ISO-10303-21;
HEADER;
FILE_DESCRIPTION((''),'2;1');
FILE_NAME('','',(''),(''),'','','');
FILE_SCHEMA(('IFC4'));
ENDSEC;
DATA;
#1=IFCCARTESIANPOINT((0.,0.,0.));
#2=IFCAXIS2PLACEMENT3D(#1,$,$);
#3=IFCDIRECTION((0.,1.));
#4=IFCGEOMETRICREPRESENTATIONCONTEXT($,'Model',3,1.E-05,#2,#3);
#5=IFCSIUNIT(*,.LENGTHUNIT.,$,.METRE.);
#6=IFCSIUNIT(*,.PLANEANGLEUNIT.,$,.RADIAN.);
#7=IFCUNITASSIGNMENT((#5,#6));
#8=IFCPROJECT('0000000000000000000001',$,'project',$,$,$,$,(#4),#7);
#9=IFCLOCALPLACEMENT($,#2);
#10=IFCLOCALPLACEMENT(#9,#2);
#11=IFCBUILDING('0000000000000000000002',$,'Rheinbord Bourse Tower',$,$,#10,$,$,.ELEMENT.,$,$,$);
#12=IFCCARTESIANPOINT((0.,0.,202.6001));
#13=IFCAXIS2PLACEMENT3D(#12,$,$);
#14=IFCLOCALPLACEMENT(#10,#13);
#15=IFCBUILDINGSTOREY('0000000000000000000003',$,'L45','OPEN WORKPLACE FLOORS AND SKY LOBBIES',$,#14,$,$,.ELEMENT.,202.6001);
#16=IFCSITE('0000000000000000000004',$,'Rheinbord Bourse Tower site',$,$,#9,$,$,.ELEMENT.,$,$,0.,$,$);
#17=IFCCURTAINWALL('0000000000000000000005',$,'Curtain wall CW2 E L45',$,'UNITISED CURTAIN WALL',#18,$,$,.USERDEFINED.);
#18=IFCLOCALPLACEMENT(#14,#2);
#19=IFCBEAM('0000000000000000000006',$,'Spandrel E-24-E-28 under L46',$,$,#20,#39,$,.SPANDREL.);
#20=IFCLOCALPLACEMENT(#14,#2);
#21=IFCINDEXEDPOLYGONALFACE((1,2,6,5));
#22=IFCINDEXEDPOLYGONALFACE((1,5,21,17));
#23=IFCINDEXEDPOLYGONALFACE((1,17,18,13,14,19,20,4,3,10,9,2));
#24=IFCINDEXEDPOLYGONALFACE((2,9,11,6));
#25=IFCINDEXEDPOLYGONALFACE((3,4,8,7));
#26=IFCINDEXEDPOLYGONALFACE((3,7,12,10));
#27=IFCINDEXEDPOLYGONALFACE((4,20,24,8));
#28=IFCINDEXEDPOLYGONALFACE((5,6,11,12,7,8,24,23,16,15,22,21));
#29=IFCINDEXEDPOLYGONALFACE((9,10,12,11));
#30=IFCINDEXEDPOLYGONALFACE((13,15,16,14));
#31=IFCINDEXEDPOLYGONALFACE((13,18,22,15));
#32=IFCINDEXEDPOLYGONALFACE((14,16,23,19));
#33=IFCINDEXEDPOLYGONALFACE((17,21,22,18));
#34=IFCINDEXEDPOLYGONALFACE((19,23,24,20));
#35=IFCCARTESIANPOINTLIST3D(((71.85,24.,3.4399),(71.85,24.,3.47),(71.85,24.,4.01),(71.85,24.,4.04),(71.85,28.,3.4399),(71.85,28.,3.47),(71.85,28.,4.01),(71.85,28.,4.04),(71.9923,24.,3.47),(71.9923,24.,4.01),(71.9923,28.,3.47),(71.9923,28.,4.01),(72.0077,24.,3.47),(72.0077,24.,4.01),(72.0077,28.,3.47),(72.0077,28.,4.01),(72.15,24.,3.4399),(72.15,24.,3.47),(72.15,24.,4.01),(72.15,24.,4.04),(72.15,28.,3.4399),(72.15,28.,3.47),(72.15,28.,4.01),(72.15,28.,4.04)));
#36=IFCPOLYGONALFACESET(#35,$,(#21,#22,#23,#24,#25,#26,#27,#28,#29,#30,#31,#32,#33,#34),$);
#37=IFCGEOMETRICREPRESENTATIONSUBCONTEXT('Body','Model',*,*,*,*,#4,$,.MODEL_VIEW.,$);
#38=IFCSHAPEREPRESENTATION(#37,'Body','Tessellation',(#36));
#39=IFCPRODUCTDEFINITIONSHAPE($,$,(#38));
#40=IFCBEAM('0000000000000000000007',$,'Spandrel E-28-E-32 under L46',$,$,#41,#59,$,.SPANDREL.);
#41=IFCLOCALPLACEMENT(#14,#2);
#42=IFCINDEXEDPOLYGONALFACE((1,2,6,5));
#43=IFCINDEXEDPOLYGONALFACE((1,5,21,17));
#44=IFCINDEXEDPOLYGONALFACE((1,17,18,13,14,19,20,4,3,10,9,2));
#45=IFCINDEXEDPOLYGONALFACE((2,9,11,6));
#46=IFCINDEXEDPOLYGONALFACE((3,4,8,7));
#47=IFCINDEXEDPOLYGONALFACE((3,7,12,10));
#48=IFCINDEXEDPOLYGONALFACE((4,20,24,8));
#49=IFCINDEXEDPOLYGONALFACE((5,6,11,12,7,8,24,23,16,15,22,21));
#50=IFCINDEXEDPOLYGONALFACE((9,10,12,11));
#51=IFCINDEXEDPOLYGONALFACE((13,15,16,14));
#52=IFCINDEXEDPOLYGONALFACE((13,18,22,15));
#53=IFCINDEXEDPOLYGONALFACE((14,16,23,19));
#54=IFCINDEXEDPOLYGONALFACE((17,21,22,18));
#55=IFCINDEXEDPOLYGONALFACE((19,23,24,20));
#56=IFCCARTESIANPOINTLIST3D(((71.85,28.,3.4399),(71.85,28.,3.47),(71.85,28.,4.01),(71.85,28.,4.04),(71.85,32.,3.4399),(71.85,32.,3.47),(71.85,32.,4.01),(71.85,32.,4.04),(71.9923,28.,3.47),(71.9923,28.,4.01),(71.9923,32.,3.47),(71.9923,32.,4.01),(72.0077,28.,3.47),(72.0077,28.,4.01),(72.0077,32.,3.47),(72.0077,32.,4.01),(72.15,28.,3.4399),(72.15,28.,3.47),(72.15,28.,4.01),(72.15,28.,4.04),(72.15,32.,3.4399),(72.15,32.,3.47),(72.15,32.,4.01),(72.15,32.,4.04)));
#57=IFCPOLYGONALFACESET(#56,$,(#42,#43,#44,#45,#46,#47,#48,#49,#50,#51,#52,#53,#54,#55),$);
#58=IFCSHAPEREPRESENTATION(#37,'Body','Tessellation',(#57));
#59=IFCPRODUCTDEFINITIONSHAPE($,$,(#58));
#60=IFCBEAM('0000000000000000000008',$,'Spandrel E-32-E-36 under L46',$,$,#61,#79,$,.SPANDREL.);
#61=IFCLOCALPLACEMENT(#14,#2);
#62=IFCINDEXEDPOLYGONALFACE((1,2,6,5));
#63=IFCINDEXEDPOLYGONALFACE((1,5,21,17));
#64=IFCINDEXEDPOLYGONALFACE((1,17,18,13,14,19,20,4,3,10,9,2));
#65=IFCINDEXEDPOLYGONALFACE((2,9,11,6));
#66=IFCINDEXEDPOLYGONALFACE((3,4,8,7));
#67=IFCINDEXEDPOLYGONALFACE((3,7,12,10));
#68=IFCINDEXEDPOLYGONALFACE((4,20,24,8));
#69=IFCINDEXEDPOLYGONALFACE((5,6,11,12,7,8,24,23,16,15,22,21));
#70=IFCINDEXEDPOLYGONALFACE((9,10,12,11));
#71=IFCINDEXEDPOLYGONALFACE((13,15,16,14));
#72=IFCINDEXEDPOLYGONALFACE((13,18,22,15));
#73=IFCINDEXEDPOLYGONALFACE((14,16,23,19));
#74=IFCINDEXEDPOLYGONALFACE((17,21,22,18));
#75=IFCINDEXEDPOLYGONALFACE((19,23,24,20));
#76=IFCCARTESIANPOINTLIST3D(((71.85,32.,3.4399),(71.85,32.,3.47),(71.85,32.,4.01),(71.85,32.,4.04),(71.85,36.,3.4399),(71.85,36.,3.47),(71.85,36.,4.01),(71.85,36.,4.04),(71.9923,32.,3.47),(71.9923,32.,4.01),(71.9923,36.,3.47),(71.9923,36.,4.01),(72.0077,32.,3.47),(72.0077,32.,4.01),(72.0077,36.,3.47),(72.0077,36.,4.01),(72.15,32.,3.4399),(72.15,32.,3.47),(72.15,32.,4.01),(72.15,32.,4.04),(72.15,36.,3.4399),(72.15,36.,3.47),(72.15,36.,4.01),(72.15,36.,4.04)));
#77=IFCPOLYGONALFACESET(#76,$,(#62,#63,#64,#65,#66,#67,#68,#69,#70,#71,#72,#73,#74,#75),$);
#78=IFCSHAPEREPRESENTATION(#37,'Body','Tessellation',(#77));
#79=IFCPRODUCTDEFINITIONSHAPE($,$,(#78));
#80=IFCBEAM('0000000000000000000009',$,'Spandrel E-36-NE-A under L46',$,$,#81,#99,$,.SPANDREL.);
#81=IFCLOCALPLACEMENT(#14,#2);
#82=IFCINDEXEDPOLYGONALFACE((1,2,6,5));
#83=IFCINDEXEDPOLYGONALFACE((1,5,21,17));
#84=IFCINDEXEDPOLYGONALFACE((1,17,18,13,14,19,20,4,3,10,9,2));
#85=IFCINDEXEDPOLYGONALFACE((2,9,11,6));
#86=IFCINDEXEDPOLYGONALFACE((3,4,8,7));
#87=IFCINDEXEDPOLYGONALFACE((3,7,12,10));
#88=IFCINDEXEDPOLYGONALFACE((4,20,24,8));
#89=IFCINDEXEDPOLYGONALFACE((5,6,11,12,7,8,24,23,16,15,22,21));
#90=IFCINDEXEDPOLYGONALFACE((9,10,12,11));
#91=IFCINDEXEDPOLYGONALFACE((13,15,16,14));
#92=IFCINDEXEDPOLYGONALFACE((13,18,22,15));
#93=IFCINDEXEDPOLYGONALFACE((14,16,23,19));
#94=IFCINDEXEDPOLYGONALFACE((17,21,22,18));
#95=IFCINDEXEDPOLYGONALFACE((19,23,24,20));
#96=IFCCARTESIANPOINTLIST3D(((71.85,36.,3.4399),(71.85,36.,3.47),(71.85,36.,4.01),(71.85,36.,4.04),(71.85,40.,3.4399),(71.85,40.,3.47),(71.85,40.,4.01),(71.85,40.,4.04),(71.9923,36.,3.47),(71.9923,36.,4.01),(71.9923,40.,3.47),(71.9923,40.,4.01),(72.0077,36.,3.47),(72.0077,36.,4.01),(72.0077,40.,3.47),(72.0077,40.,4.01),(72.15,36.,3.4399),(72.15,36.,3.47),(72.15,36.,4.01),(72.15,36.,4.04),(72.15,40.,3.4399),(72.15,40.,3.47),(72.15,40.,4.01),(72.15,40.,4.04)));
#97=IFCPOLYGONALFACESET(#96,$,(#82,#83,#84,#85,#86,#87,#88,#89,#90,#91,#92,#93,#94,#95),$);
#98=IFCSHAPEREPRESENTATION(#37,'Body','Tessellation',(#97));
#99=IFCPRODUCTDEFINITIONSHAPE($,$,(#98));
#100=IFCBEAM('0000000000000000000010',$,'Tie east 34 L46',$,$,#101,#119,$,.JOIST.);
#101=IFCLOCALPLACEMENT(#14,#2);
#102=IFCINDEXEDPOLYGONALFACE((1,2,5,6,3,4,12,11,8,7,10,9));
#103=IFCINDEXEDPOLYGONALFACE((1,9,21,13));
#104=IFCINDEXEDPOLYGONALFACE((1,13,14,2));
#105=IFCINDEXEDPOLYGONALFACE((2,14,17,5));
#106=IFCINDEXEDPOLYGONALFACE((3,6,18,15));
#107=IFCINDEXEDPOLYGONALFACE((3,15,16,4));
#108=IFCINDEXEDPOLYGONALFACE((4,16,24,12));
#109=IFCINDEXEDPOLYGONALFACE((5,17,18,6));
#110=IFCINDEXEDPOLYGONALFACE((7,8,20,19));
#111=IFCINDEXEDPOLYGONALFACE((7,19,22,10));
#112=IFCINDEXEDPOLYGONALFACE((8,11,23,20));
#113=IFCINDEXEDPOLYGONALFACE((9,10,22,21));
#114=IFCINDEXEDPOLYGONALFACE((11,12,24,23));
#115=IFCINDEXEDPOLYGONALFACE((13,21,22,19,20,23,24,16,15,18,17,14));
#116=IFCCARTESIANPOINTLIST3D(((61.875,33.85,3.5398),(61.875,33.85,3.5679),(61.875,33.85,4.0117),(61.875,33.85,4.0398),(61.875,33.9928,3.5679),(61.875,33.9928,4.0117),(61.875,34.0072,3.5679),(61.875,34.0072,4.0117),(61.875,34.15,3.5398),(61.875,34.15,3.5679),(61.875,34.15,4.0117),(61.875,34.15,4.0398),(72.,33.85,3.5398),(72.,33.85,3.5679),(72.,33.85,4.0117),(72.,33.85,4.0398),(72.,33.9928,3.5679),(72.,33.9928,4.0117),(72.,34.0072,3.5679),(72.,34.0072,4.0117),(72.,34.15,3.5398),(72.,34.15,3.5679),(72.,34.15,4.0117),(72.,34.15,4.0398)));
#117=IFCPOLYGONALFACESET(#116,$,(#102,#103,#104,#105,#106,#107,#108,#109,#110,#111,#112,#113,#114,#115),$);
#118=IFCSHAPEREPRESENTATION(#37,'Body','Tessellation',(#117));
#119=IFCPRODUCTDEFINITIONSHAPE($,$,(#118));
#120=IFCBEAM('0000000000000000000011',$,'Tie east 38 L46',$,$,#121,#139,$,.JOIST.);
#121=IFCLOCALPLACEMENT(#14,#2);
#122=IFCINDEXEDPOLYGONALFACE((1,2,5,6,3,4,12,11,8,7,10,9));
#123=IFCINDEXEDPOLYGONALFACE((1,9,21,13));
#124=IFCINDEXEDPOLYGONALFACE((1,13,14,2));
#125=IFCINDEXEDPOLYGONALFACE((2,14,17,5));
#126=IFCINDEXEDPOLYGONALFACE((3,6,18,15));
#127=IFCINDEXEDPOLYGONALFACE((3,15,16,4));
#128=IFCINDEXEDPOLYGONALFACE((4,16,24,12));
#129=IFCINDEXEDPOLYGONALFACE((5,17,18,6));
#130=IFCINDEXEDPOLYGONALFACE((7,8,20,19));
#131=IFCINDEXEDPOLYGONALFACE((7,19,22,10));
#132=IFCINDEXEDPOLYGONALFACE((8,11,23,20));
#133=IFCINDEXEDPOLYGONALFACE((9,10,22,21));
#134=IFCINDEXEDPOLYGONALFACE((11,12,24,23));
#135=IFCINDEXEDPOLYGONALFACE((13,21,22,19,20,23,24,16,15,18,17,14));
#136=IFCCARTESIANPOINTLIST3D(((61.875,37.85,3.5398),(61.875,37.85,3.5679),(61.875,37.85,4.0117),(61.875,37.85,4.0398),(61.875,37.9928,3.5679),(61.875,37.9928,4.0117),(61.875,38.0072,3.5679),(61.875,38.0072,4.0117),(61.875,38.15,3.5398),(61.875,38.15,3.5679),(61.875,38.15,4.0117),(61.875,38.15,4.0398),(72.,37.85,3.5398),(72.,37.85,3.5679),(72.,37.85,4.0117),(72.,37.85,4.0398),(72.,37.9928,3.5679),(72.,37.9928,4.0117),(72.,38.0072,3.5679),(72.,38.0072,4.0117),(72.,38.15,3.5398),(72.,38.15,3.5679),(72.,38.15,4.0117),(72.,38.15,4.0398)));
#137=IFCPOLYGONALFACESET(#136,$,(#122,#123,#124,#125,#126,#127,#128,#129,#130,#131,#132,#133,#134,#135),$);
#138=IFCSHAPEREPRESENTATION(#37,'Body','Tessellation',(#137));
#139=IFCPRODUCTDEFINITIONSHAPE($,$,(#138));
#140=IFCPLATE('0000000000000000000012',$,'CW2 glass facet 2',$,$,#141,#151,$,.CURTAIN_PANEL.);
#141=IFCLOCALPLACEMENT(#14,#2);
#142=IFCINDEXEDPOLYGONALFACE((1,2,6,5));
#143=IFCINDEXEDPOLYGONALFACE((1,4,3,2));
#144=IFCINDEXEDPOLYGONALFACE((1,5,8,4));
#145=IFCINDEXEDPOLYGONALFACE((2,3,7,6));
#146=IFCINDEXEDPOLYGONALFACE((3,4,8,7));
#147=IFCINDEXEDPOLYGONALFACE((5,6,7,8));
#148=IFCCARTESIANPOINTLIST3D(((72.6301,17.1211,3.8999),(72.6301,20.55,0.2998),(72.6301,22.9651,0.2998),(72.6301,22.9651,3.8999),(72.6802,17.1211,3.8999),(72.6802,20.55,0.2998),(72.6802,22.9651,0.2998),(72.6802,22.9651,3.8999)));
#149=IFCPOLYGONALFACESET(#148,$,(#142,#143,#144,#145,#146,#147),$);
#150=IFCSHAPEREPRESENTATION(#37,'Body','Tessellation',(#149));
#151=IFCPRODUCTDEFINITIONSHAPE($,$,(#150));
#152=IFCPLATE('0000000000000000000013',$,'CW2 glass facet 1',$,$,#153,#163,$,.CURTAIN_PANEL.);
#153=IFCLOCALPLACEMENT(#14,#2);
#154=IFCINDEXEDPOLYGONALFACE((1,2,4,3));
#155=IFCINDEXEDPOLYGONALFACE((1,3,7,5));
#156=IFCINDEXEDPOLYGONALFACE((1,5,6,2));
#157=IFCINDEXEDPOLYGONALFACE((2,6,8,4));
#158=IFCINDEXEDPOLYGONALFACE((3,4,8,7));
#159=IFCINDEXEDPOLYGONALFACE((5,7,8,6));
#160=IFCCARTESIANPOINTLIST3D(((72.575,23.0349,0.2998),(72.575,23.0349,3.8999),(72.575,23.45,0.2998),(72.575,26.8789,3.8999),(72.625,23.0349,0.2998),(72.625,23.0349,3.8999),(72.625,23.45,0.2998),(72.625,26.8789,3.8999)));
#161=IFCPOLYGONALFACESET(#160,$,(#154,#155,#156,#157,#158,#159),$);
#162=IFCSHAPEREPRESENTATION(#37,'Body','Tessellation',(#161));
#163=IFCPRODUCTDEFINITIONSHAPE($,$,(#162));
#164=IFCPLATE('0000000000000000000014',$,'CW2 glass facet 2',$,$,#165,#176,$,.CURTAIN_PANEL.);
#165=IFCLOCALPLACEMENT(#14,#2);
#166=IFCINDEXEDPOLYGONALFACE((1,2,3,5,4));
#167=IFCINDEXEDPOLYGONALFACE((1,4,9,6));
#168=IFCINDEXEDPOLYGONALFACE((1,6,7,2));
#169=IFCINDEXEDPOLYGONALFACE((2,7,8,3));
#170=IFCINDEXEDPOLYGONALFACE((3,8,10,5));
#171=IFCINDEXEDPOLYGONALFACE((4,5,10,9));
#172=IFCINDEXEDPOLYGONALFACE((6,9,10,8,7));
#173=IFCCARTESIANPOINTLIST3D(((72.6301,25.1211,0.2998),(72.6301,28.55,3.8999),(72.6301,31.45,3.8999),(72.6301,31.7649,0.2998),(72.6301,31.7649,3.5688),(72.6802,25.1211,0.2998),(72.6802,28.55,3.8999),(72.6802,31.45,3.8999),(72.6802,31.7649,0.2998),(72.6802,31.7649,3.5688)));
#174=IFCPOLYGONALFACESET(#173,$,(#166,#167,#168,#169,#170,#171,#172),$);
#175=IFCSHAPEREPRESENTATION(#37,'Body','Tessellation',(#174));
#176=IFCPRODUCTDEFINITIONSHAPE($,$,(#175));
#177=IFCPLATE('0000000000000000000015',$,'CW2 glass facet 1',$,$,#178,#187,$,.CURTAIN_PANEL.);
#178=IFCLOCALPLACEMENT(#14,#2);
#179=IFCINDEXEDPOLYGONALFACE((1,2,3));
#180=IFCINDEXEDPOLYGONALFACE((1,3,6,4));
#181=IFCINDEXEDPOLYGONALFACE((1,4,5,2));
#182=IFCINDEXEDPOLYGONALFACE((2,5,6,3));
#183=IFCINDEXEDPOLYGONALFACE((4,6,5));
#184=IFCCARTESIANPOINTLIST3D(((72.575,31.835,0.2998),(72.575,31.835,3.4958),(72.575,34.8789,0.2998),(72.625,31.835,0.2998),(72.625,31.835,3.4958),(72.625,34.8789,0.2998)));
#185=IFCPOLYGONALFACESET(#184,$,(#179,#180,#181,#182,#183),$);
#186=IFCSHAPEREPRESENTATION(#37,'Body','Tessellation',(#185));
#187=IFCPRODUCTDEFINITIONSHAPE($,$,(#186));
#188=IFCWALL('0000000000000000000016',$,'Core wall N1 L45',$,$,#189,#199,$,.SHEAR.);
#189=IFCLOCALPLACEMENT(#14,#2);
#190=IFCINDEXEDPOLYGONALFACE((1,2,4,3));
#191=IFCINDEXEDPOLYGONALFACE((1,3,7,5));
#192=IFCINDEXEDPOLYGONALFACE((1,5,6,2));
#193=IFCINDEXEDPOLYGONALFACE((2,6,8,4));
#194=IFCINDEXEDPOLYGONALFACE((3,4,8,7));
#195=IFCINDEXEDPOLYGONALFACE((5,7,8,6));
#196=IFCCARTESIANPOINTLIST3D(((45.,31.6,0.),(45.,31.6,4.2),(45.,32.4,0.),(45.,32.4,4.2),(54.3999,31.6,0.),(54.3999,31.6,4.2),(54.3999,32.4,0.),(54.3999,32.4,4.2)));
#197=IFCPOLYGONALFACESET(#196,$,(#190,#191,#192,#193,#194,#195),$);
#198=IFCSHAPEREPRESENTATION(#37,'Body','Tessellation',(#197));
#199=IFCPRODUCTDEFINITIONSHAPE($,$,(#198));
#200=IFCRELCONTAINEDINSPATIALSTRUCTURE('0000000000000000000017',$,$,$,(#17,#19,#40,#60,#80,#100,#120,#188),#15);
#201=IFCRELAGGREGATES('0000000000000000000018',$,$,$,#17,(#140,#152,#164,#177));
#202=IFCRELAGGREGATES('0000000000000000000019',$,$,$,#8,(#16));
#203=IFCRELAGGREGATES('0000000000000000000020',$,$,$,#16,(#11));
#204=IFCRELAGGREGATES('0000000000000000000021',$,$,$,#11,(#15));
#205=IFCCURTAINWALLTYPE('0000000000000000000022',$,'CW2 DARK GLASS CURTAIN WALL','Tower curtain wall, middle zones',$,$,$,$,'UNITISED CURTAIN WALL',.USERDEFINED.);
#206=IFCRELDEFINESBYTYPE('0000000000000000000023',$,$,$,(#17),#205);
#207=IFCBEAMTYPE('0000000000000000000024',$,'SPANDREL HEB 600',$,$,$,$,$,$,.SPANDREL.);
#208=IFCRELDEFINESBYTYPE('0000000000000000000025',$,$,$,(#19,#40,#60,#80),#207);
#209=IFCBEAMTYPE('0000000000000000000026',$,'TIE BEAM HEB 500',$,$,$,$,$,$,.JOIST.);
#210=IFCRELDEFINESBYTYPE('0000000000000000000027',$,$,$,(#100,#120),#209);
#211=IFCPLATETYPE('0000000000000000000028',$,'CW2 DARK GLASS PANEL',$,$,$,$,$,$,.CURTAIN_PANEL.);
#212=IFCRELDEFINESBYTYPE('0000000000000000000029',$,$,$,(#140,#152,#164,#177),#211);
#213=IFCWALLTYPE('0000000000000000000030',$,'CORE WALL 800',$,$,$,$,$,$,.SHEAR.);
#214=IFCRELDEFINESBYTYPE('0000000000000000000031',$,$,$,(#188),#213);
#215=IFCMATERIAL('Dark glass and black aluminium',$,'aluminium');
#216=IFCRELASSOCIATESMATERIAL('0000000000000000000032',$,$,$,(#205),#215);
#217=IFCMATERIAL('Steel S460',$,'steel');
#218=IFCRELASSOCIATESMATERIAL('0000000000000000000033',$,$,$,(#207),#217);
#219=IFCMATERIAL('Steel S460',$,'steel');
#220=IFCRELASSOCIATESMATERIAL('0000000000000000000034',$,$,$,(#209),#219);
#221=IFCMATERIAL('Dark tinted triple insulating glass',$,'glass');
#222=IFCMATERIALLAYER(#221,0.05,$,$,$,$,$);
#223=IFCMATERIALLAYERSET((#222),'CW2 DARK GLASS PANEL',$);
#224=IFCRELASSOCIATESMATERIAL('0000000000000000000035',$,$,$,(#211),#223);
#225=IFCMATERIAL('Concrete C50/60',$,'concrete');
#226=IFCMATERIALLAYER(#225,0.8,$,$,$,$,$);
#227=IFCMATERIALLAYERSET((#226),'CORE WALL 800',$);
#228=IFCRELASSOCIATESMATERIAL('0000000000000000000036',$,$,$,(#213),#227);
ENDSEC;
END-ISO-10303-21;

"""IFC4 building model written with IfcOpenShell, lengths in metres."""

from ifc_helpers import new_model, si_unit, direction, frame, frame_2d, origin, origin_2d, place, context, subcontext, project, spatial, polyline, rectangle, i_section, outline, extrude, material, layer, layer_set, material_profile, profile_set, type_object, element, aggregate, save


model = new_model("IFC4")

# Units and contexts
model_context = context("Model", 3, precision=1e-05, world=origin(), true_north=direction((0.0, 1.0)))
body_context = subcontext(model_context, "Body", "Model", "MODEL_VIEW")
ifc_project = project(units=[si_unit("LENGTHUNIT", "METRE"), si_unit("PLANEANGLEUNIT", "RADIAN")], contexts=[model_context])

# Site, building, storey
site_placement = place(None, origin())
site = spatial("IfcSite", under=ifc_project, at=site_placement, Name="Rheinbord Bourse Tower site", CompositionType="ELEMENT", RefElevation=0.0)
building_placement = place(site_placement, origin())
building = spatial("IfcBuilding", under=site, at=building_placement, Name="Rheinbord Bourse Tower", CompositionType="ELEMENT")
storey_placement = place(building_placement, frame((0.0, 0.0, 202.6001)))
storey = spatial("IfcBuildingStorey", under=building, at=storey_placement, Name="L45", Description="OPEN WORKPLACE FLOORS AND SKY LOBBIES", CompositionType="ELEMENT", Elevation=202.6001)

# Curtain wall
ifc_material_1 = material(Name="Dark glass and black aluminium", Category="aluminium")
curtain_wall_type = type_object("IfcCurtainWallType", Name="CW2 DARK GLASS CURTAIN WALL", Description="Tower curtain wall, middle zones", ElementType="UNITISED CURTAIN WALL", PredefinedType="USERDEFINED", material=ifc_material_1)
curtain_wall_placement = place(storey_placement, origin())
curtain_wall = element("IfcCurtainWall", 1, at=curtain_wall_placement, inside=storey, type_object=curtain_wall_type, Name="Curtain wall CW2 E L45", ObjectType="UNITISED CURTAIN WALL", PredefinedType="USERDEFINED")

# Beams
ifc_material_2 = material(Name="Steel S460", Category="steel")
ifc_material_profile_1 = material_profile(ifc_material_2, i_section(OverallWidth=0.3, OverallDepth=0.6001, WebThickness=0.0154, FlangeThickness=0.03, at=origin_2d()), Name="HEB 600")
ifc_profile_set_1 = profile_set([ifc_material_profile_1], Name="Steel S460")
beam_type_1 = type_object("IfcBeamType", Name="SPANDREL HEB 600", PredefinedType="SPANDREL", material=ifc_profile_set_1)
for number, where, z_axis, x_axis, name in (
    (2, (72.0, 24.0, 3.74), (0.0, 1.0, 0.0), (-1.0, 0.0, 0.0), "Spandrel E-24-E-28 under L46"),
    (3, (72.0, 28.0, 3.74), (0.0, 1.0, 0.0), (-1.0, 0.0, 0.0), "Spandrel E-28-E-32 under L46"),
    (4, (72.0, 32.0, 3.74), (0.0, 1.0, 0.0), (-1.0, 0.0, 0.0), "Spandrel E-32-E-36 under L46"),
    (5, (72.0, 36.0, 3.74), (0.0, 1.0, 0.0), (-1.0, 0.0, 0.0), "Spandrel E-36-NE-A under L46"),
):
    element("IfcBeam", number, at=place(storey_placement, frame(where, z_axis=z_axis, x_axis=x_axis)), inside=storey, type_object=beam_type_1, Name=name, PredefinedType="SPANDREL", context=body_context, shape_type="SweptSolid", body=[
        extrude(i_section(OverallWidth=0.3, OverallDepth=0.6001, WebThickness=0.0154, FlangeThickness=0.03, at=origin_2d()), origin(), (0.0, 0.0, 1.0), 4.0),
    ])
ifc_material_3 = material(Name="Steel S460", Category="steel")
ifc_material_profile_2 = material_profile(ifc_material_3, i_section(OverallWidth=0.3, OverallDepth=0.5, WebThickness=0.0144, FlangeThickness=0.0281, at=origin_2d()), Name="HEB 500")
ifc_profile_set_2 = profile_set([ifc_material_profile_2], Name="Steel S460")
beam_type_2 = type_object("IfcBeamType", Name="TIE BEAM HEB 500", PredefinedType="JOIST", material=ifc_profile_set_2)
for number, where, z_axis, x_axis, name in (
    (6, (61.875, 34.0, 3.7898), (1.0, 0.0, 0.0), (0.0, 1.0, 0.0), "Tie east 34 L46"),
    (7, (61.875, 38.0, 3.7898), (1.0, 0.0, 0.0), (0.0, 1.0, 0.0), "Tie east 38 L46"),
):
    element("IfcBeam", number, at=place(storey_placement, frame(where, z_axis=z_axis, x_axis=x_axis)), inside=storey, type_object=beam_type_2, Name=name, PredefinedType="JOIST", context=body_context, shape_type="SweptSolid", body=[
        extrude(i_section(OverallWidth=0.3, OverallDepth=0.5, WebThickness=0.0144, FlangeThickness=0.0281, at=origin_2d()), origin(), (0.0, 0.0, 1.0), 10.125),
    ])

# Plates
ifc_material_4 = material(Name="Dark tinted triple insulating glass", Category="glass")
ifc_layer_1 = layer(ifc_material_4, 0.05)
ifc_layer_set_1 = layer_set([ifc_layer_1], Name="CW2 DARK GLASS PANEL")
plate_type = type_object("IfcPlateType", Name="CW2 DARK GLASS PANEL", PredefinedType="CURTAIN_PANEL", material=ifc_layer_set_1)
plate_1_placement = place(storey_placement, frame((72.6802, 22.9651, 3.8999), z_axis=(-1.0, 0.0, 0.0), x_axis=(0.0, 0.0, -1.0)))
plate_1 = element("IfcPlate", 8, at=plate_1_placement, type_object=plate_type, Name="CW2 glass facet 2", PredefinedType="CURTAIN_PANEL", context=body_context, shape_type="SweptSolid", body=[
    extrude(outline(polyline([(0.0, 0.0), (3.6001, 0.0), (3.6001, 2.415), (0.0, 5.844), (0.0, 0.0)])), origin(), (0.0, 0.0, 1.0), 0.05),
])
plate_2_placement = place(storey_placement, frame((72.625, 23.0349, 0.2998), z_axis=(-1.0, 0.0, 0.0), x_axis=(0.0, 0.0, 1.0)))
plate_2 = element("IfcPlate", 9, at=plate_2_placement, type_object=plate_type, Name="CW2 glass facet 1", PredefinedType="CURTAIN_PANEL", context=body_context, shape_type="SweptSolid", body=[
    extrude(outline(polyline([(0.0, 0.0), (3.6001, 0.0), (3.6001, 3.844), (0.0, 0.415), (0.0, 0.0)])), origin(), (0.0, 0.0, 1.0), 0.05),
])
plate_3_placement = place(storey_placement, frame((72.6802, 31.7649, 0.2998), z_axis=(-1.0, 0.0, 0.0), x_axis=(0.0, -1.0, 0.0)))
plate_3 = element("IfcPlate", 10, at=plate_3_placement, type_object=plate_type, Name="CW2 glass facet 2", PredefinedType="CURTAIN_PANEL", context=body_context, shape_type="SweptSolid", body=[
    extrude(outline(polyline([(0.0, 0.0), (6.6438, 0.0), (3.2148, 3.6001), (0.3149, 3.6001), (0.0, 3.269), (0.0, 0.0)])), origin(), (0.0, 0.0, 1.0), 0.05),
])
plate_4_placement = place(storey_placement, frame((72.625, 31.835, 0.2998), z_axis=(-1.0, 0.0, 0.0), x_axis=(0.0, 0.0, 1.0)))
plate_4 = element("IfcPlate", 11, at=plate_4_placement, type_object=plate_type, Name="CW2 glass facet 1", PredefinedType="CURTAIN_PANEL", context=body_context, shape_type="SweptSolid", body=[
    extrude(outline(polyline([(0.0, 0.0), (3.196, 0.0), (0.0, 3.0439), (0.0, 0.0)])), origin(), (0.0, 0.0, 1.0), 0.05),
])
aggregate(curtain_wall, [plate_1, plate_2, plate_3, plate_4])

# Wall
ifc_material_5 = material(Name="Concrete C50/60", Category="concrete")
ifc_layer_2 = layer(ifc_material_5, 0.8)
ifc_layer_set_2 = layer_set([ifc_layer_2], Name="CORE WALL 800")
wall_type_1 = type_object("IfcWallType", Name="CORE WALL 800", PredefinedType="SHEAR", material=ifc_layer_set_2)
wall_1_placement = place(storey_placement, frame((54.3999, 32.0, 0.0), z_axis=(0.0, 0.0, 1.0), x_axis=(-1.0, 0.0, 0.0)))
element("IfcWall", 12, at=wall_1_placement, inside=storey, type_object=wall_type_1, Name="Core wall N1 L45", PredefinedType="SHEAR", context=body_context, shape_type="SweptSolid", body=[
    extrude(rectangle(XDim=9.3999, YDim=0.8, at=frame_2d((4.7, 0.0))), origin(), (0.0, 0.0, 1.0), 4.2),
])

save(model, "model.ifc")
